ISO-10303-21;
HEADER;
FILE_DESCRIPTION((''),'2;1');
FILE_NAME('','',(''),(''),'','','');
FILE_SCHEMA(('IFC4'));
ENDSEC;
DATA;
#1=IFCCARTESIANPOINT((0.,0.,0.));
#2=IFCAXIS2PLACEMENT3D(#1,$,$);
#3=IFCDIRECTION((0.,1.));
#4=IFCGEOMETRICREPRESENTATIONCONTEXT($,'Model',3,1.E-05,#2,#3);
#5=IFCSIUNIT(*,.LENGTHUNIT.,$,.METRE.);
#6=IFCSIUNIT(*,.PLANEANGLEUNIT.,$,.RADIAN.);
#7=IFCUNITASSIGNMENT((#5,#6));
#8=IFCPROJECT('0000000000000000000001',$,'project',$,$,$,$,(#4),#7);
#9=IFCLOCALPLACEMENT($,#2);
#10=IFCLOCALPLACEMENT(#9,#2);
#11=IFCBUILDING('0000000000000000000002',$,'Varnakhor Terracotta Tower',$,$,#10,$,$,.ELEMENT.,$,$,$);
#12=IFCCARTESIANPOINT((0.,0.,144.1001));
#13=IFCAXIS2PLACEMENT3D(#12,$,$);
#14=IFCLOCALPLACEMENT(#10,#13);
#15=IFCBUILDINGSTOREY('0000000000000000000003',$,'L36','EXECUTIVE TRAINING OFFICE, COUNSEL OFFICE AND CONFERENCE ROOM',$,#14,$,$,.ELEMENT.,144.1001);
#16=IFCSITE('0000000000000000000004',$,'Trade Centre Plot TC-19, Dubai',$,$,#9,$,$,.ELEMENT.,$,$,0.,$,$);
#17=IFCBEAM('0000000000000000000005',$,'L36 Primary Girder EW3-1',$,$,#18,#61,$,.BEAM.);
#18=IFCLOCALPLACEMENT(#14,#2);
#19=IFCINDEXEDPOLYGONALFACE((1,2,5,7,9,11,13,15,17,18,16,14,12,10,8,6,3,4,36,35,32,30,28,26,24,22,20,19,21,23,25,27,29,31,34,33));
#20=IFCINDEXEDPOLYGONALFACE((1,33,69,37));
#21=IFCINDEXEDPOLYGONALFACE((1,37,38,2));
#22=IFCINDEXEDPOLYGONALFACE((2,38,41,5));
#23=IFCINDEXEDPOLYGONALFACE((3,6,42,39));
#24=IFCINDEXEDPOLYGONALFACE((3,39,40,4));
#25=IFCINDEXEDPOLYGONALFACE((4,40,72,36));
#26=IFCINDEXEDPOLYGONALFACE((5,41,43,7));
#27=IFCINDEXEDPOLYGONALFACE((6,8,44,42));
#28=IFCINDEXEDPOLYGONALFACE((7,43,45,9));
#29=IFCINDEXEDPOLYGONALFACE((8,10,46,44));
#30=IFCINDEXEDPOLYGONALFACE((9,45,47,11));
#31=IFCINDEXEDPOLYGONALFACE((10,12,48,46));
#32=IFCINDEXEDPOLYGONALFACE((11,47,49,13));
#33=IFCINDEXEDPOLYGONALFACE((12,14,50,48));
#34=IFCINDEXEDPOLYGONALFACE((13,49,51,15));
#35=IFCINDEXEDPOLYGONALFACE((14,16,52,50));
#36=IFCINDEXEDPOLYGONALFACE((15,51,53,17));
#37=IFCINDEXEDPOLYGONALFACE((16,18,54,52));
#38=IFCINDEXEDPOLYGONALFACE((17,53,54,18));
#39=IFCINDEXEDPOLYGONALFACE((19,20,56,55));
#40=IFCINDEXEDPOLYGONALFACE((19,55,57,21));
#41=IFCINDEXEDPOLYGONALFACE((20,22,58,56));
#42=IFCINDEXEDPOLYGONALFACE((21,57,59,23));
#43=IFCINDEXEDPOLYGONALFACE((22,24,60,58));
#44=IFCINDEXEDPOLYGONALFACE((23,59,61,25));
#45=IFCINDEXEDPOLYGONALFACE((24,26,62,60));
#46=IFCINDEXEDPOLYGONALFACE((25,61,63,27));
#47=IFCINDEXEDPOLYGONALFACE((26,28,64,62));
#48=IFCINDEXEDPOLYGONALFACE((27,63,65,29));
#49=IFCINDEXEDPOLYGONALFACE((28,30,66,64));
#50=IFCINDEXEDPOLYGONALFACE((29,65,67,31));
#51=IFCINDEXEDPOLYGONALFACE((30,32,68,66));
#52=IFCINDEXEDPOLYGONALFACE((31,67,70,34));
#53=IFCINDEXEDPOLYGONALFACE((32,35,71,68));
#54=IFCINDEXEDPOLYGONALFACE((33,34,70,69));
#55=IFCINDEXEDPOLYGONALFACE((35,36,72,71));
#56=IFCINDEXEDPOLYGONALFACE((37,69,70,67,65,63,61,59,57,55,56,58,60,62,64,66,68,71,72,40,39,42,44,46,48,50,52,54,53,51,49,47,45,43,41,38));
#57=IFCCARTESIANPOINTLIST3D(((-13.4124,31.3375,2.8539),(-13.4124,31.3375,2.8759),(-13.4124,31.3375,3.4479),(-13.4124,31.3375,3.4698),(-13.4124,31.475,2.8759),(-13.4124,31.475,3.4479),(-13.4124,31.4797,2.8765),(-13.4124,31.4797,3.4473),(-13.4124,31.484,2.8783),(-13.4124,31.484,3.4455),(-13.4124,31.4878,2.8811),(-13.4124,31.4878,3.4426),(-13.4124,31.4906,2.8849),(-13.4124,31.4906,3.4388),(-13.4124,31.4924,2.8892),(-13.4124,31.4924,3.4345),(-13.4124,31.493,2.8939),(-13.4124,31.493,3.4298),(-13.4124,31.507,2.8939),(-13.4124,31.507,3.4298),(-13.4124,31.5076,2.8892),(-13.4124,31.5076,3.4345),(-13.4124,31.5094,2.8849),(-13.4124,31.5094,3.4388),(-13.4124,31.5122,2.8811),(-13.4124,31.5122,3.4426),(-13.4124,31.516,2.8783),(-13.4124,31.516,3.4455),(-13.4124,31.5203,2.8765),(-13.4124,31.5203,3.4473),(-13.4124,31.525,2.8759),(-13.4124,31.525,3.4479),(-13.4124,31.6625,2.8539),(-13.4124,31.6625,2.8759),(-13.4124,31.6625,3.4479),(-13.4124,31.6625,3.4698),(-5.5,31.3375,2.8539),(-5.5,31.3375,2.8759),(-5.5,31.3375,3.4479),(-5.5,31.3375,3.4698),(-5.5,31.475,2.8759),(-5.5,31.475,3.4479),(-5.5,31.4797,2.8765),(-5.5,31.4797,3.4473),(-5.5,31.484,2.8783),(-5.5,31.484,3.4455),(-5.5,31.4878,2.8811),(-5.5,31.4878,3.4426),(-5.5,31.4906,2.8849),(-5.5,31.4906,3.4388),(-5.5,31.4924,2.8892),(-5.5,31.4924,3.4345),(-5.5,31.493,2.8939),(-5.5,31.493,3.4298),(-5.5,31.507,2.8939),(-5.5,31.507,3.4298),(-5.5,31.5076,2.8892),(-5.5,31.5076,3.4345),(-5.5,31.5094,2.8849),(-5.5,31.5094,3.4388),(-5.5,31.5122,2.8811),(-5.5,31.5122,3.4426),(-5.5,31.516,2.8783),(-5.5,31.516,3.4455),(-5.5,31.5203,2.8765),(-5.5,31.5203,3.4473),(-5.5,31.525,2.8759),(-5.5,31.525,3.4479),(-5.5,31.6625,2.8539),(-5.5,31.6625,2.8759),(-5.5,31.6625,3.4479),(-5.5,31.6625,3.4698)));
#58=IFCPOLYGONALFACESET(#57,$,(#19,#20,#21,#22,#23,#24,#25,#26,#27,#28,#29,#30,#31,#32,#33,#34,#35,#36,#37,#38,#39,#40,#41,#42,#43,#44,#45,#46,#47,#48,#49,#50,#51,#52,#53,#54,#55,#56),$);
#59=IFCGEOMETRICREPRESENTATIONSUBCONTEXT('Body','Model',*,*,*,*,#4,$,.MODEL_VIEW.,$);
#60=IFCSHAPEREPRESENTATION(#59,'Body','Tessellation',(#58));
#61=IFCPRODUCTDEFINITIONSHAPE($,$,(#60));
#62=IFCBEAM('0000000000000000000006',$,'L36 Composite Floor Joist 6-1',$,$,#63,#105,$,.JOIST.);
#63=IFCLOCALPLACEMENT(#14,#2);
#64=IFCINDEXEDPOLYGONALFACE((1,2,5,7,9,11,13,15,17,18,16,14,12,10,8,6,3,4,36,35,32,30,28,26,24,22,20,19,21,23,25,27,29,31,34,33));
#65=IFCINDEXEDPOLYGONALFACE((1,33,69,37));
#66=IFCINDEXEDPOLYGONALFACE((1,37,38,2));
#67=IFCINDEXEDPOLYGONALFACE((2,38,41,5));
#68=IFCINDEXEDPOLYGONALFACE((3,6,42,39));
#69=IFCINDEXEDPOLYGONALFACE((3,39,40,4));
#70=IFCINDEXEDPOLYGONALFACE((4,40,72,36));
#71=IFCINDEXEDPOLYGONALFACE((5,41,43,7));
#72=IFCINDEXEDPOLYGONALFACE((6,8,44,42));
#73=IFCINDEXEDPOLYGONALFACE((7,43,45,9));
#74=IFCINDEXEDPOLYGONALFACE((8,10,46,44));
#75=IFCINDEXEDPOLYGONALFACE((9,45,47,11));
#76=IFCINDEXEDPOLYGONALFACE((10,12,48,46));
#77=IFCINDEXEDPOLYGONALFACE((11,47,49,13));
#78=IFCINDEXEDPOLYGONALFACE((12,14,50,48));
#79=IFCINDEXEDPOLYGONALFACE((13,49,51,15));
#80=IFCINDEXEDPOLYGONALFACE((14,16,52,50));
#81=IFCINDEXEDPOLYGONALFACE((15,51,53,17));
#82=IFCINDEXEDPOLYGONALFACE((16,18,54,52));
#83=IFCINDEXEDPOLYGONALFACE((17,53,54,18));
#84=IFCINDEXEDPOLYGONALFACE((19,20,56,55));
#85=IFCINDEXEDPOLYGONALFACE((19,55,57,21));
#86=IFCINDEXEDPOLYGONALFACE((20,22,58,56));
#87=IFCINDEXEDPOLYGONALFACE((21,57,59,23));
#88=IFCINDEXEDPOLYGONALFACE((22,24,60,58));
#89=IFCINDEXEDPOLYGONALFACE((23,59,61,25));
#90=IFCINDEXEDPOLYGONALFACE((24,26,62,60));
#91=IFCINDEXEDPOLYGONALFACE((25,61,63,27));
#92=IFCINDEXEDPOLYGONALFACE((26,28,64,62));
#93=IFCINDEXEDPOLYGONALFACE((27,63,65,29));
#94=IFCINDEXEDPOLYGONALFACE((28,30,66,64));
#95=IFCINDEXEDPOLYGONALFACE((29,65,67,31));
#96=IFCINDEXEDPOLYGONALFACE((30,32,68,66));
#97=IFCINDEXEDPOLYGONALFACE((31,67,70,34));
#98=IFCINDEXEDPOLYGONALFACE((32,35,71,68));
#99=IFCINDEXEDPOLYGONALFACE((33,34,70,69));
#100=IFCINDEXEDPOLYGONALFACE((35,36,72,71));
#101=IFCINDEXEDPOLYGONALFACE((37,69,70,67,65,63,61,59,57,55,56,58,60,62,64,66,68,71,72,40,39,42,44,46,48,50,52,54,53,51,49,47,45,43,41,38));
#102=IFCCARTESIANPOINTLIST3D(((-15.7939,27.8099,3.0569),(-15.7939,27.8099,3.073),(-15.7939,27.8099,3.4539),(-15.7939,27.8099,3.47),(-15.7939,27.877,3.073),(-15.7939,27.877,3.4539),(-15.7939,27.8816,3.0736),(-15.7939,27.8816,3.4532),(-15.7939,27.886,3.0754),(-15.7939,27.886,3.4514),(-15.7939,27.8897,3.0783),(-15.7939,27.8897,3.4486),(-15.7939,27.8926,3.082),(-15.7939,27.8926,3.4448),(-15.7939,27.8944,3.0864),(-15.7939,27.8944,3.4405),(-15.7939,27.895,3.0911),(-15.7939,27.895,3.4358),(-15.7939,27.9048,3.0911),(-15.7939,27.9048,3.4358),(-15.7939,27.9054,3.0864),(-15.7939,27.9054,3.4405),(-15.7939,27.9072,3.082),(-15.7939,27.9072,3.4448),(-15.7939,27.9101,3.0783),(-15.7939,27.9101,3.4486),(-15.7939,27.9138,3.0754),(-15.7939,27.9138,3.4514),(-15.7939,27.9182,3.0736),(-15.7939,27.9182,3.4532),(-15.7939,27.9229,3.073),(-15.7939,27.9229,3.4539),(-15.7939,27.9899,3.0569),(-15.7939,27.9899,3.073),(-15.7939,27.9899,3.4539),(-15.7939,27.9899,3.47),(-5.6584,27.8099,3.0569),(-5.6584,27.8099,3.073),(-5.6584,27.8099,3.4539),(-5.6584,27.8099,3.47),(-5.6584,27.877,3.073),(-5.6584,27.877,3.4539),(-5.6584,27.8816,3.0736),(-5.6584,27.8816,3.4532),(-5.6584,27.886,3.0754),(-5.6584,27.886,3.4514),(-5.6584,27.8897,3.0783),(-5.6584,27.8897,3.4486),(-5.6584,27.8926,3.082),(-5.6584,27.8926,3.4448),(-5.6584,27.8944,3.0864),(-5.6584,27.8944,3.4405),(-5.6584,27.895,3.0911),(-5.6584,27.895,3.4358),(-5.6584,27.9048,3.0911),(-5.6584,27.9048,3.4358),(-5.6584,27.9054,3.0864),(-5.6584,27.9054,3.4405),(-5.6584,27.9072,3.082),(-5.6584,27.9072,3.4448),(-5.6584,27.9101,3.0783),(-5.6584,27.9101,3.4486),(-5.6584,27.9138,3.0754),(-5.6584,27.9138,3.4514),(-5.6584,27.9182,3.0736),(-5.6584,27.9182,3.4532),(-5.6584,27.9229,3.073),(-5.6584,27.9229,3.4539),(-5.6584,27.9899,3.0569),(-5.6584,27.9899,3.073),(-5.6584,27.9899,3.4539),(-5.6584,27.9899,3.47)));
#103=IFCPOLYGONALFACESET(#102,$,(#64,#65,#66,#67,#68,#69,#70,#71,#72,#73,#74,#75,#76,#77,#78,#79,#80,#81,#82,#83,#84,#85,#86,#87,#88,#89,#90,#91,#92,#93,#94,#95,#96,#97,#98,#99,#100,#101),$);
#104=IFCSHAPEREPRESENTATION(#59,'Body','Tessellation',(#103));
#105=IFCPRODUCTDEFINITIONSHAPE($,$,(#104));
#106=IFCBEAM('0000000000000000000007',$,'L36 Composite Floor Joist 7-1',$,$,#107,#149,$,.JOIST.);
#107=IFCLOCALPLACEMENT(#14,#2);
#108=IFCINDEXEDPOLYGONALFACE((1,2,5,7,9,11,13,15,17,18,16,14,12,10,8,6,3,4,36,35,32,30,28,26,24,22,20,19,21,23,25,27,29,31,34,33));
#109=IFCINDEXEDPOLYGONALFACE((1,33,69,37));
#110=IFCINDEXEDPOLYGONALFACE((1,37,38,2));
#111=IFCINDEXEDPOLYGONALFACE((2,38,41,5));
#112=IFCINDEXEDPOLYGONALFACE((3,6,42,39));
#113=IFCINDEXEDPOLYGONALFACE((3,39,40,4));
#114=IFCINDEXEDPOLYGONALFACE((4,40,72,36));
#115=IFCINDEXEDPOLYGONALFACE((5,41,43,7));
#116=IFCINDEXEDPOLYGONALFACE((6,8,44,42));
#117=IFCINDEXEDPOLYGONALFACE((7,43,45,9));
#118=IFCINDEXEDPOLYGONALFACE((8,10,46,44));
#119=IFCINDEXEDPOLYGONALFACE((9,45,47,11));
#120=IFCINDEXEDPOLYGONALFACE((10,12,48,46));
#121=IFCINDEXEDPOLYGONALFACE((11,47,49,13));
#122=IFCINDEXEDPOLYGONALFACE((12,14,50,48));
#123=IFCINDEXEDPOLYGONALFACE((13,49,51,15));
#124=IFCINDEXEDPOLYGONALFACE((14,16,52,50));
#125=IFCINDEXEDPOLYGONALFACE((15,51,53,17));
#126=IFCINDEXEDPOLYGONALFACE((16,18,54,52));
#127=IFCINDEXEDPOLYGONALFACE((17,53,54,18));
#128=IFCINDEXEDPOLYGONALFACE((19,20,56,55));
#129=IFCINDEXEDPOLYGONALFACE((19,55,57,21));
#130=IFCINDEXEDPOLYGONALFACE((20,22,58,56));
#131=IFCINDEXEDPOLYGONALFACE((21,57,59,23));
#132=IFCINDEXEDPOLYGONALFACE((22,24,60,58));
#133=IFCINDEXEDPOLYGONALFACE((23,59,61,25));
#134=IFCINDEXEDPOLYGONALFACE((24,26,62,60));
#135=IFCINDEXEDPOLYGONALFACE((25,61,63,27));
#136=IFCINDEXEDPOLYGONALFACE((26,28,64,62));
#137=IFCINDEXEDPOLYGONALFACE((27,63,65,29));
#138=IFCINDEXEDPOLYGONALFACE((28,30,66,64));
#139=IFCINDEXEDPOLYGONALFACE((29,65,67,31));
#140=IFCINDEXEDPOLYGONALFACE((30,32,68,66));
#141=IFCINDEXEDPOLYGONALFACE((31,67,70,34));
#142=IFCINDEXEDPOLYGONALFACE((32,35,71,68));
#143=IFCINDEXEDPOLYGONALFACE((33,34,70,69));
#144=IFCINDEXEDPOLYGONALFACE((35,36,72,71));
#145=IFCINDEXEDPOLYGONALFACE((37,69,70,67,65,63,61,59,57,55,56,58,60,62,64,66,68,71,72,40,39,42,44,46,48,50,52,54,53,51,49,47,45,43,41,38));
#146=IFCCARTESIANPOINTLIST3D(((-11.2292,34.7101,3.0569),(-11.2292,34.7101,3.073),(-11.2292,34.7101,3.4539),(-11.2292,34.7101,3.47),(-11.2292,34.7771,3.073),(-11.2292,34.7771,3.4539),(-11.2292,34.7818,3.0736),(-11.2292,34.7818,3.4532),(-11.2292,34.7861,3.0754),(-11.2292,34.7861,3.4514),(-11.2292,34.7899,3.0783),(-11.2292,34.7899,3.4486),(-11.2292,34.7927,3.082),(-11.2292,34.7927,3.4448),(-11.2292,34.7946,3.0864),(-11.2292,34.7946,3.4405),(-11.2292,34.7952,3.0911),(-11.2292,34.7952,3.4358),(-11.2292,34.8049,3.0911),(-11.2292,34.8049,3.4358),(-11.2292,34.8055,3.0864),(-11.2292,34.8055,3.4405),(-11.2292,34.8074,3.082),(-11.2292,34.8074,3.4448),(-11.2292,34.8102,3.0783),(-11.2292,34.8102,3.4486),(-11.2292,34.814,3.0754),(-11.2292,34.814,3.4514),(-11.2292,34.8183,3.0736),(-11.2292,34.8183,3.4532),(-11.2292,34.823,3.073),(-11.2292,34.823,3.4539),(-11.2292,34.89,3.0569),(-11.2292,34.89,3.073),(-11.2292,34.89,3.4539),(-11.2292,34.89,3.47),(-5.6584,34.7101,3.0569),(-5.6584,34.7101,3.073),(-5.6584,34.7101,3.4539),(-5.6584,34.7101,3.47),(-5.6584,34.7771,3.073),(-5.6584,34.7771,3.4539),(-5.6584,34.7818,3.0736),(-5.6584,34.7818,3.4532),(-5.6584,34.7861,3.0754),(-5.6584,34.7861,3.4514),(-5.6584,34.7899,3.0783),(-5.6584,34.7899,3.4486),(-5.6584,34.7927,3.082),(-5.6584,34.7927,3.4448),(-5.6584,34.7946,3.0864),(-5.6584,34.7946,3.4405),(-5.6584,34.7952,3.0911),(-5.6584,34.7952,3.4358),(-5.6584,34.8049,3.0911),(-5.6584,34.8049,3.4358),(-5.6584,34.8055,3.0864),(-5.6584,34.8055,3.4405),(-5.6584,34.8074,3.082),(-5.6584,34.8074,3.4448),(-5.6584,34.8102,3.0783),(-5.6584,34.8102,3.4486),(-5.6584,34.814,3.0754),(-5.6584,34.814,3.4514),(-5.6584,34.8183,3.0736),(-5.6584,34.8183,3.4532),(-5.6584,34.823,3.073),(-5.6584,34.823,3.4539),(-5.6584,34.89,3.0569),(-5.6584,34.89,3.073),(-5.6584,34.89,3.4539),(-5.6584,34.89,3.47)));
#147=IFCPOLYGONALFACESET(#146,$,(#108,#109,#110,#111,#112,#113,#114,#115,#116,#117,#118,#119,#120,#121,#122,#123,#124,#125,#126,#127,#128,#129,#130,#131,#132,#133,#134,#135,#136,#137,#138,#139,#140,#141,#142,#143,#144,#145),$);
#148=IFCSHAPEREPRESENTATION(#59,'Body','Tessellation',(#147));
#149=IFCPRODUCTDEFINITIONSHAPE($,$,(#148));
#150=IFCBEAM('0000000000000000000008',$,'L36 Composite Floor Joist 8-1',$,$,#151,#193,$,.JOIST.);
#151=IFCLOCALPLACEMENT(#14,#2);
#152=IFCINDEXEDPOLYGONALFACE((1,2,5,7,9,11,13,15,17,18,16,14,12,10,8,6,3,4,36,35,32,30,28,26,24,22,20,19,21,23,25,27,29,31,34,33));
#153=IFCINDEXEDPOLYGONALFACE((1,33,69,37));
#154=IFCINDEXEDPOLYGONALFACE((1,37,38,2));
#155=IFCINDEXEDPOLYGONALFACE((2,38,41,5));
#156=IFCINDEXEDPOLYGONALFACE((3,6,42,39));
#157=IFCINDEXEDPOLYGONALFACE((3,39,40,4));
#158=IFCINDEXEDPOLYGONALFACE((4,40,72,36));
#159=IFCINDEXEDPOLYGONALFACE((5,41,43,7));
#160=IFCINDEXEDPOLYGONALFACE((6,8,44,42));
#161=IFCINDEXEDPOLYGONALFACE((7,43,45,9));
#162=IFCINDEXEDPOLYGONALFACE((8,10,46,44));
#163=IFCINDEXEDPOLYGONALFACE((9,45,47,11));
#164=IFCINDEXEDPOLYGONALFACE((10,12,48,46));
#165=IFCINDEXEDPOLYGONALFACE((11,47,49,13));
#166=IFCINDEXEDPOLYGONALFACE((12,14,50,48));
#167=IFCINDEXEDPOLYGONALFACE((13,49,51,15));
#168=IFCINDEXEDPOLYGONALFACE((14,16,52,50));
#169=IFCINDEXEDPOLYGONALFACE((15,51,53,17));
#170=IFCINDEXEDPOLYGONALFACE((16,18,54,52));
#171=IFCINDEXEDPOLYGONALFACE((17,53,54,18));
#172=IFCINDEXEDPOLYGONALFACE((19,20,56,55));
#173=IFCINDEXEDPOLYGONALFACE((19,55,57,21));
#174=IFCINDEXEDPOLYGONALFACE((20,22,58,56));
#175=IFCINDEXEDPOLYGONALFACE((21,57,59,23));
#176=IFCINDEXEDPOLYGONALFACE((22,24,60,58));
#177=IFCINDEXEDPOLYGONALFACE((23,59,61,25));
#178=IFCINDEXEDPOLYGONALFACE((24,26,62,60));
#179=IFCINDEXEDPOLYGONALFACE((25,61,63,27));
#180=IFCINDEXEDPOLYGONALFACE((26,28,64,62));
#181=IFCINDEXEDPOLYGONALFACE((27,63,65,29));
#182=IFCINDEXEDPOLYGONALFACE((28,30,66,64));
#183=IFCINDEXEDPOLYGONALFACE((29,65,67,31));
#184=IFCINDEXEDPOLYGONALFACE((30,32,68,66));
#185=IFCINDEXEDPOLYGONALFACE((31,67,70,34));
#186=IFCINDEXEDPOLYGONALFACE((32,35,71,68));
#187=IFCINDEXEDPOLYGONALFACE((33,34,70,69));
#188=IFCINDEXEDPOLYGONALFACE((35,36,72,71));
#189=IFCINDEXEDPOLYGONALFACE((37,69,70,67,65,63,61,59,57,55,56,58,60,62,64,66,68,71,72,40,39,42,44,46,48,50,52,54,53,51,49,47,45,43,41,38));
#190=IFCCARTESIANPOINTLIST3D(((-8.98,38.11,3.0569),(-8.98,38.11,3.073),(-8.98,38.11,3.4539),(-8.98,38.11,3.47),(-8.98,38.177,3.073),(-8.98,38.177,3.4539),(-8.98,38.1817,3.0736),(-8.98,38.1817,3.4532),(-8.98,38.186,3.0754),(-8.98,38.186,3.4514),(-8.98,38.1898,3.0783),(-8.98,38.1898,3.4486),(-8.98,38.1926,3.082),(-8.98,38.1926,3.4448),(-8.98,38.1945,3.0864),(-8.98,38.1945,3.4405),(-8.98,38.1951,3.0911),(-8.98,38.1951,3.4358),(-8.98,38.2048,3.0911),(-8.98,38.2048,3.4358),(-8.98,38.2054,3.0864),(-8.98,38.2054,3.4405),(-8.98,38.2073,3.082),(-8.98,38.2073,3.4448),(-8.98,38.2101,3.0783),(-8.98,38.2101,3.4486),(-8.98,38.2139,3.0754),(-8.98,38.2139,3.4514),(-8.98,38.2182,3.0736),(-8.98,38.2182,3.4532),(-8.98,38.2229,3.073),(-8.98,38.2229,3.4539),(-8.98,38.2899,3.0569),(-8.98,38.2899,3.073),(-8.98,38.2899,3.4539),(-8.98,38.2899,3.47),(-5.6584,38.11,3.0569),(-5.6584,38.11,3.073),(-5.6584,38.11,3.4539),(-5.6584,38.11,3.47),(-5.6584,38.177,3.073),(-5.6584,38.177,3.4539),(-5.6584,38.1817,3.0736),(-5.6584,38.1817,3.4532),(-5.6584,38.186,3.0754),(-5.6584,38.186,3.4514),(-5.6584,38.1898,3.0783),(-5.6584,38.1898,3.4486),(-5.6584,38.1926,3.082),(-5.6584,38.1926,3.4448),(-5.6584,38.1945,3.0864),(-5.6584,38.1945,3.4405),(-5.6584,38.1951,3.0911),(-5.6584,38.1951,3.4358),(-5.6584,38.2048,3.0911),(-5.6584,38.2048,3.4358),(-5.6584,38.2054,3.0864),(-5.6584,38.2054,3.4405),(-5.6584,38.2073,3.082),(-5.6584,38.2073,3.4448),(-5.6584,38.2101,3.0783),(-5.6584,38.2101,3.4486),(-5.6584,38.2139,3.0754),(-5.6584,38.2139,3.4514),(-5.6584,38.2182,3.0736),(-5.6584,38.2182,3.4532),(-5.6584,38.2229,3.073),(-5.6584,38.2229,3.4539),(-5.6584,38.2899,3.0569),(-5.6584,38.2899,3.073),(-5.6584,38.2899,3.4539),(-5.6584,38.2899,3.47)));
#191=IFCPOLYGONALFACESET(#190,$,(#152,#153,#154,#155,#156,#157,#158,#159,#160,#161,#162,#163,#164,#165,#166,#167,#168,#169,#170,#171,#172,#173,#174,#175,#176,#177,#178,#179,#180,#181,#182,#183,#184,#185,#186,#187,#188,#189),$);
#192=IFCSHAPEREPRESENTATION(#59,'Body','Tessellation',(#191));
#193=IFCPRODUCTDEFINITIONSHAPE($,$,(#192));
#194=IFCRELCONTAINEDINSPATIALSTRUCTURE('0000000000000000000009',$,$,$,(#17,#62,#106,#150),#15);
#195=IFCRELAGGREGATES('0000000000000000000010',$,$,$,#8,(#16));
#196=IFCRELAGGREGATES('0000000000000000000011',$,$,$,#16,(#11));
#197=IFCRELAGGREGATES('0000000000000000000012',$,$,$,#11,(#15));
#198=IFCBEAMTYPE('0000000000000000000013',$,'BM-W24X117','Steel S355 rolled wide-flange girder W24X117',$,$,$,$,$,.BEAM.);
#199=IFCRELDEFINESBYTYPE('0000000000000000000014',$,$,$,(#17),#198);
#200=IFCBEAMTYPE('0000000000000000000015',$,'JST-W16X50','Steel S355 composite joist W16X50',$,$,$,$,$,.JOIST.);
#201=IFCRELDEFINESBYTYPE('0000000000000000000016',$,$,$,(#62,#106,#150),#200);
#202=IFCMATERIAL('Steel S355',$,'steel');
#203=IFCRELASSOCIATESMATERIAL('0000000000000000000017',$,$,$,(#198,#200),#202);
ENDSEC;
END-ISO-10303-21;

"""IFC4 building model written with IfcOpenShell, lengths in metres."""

from ifc_helpers import new_model, si_unit, direction, frame, origin, origin_2d, place, context, subcontext, project, spatial, i_section, extrude, source, transform, mapped, material, material_profile, profile_set, type_object, element, save


model = new_model("IFC4")

# Units and contexts
model_context = context("Model", 3, precision=1e-05, world=origin(), true_north=direction((0.0, 1.0)))
body_context = subcontext(model_context, "Body", "Model", "MODEL_VIEW")
ifc_project = project(units=[si_unit("LENGTHUNIT", "METRE"), si_unit("PLANEANGLEUNIT", "RADIAN")], contexts=[model_context])

# Site, building, storey
site_placement = place(None, origin())
site = spatial("IfcSite", under=ifc_project, at=site_placement, Name="Trade Centre Plot TC-19, Dubai", CompositionType="ELEMENT", RefElevation=0.0)
building_placement = place(site_placement, origin())
building = spatial("IfcBuilding", under=site, at=building_placement, Name="Varnakhor Terracotta Tower", CompositionType="ELEMENT")
storey_placement = place(building_placement, frame((0.0, 0.0, 144.1001)))
storey = spatial("IfcBuildingStorey", under=building, at=storey_placement, Name="L36", Description="EXECUTIVE TRAINING OFFICE, COUNSEL OFFICE AND CONFERENCE ROOM", CompositionType="ELEMENT", Elevation=144.1001)

# Beams
ifc_material_1 = material(Name="Steel S355", Category="steel")
ifc_material_profile_1 = material_profile(ifc_material_1, i_section(OverallWidth=0.325, OverallDepth=0.616, WebThickness=0.0139, FlangeThickness=0.022, FilletRadius=0.0181, at=origin_2d()), Name="W24X117")
ifc_profile_set_1 = profile_set([ifc_material_profile_1], Name="Steel S355")
beam_type_1 = type_object("IfcBeamType", Name="BM-W24X117", Description="Steel S355 rolled wide-flange girder W24X117", PredefinedType="BEAM", material=ifc_profile_set_1)
ifc_material_profile_2 = material_profile(ifc_material_1, i_section(OverallWidth=0.1799, OverallDepth=0.4131, WebThickness=0.0098, FlangeThickness=0.0161, FilletRadius=0.0181, at=origin_2d()), Name="W16X50")
ifc_profile_set_2 = profile_set([ifc_material_profile_2], Name="Steel S355")
beam_type_2 = type_object("IfcBeamType", Name="JST-W16X50", Description="Steel S355 composite joist W16X50", PredefinedType="JOIST", material=ifc_profile_set_2)
shared_shape_1 = source(origin(), body_context, "Body", "SweptSolid", [
    extrude(i_section(OverallWidth=0.325, OverallDepth=0.616, WebThickness=0.0139, FlangeThickness=0.022, FilletRadius=0.0181, at=origin_2d()), origin(), (0.0, 0.0, 1.0), 7.9124),
])
beam_1_placement = place(storey_placement, frame((-13.4124, 31.5, 3.1619), z_axis=(1.0, 0.0, 0.0), x_axis=(0.0, 1.0, 0.0)))
element("IfcBeam", 1, at=beam_1_placement, inside=storey, type_object=beam_type_1, Name="L36 Primary Girder EW3-1", PredefinedType="BEAM", context=body_context, shape_type="MappedRepresentation", body=[
    mapped(shared_shape_1, transform((0.0, 0.0, 0.0), scale=1.0)),
])
shared_shape_2 = source(origin(), body_context, "Body", "SweptSolid", [
    extrude(i_section(OverallWidth=0.1799, OverallDepth=0.4131, WebThickness=0.0098, FlangeThickness=0.0161, FilletRadius=0.0181, at=origin_2d()), origin(), (0.0, 0.0, 1.0), 10.1355),
])
beam_2_placement = place(storey_placement, frame((-15.7939, 27.8999, 3.2634), z_axis=(1.0, 0.0, 0.0), x_axis=(0.0, 1.0, 0.0)))
element("IfcBeam", 2, at=beam_2_placement, inside=storey, type_object=beam_type_2, Name="L36 Composite Floor Joist 6-1", PredefinedType="JOIST", context=body_context, shape_type="MappedRepresentation", body=[
    mapped(shared_shape_2, transform((0.0, 0.0, 0.0), scale=1.0)),
])
shared_shape_3 = source(origin(), body_context, "Body", "SweptSolid", [
    extrude(i_section(OverallWidth=0.1799, OverallDepth=0.4131, WebThickness=0.0098, FlangeThickness=0.0161, FilletRadius=0.0181, at=origin_2d()), origin(), (0.0, 0.0, 1.0), 5.5708),
])
beam_3_placement = place(storey_placement, frame((-11.2292, 34.8, 3.2634), z_axis=(1.0, 0.0, 0.0), x_axis=(0.0, 1.0, 0.0)))
element("IfcBeam", 3, at=beam_3_placement, inside=storey, type_object=beam_type_2, Name="L36 Composite Floor Joist 7-1", PredefinedType="JOIST", context=body_context, shape_type="MappedRepresentation", body=[
    mapped(shared_shape_3, transform((0.0, 0.0, 0.0), scale=1.0)),
])
shared_shape_4 = source(origin(), body_context, "Body", "SweptSolid", [
    extrude(i_section(OverallWidth=0.1799, OverallDepth=0.4131, WebThickness=0.0098, FlangeThickness=0.0161, FilletRadius=0.0181, at=origin_2d()), origin(), (0.0, 0.0, 1.0), 3.3215),
])
beam_4_placement = place(storey_placement, frame((-8.98, 38.2, 3.2634), z_axis=(1.0, 0.0, 0.0), x_axis=(0.0, 1.0, 0.0)))
element("IfcBeam", 4, at=beam_4_placement, inside=storey, type_object=beam_type_2, Name="L36 Composite Floor Joist 8-1", PredefinedType="JOIST", context=body_context, shape_type="MappedRepresentation", body=[
    mapped(shared_shape_4, transform((0.0, 0.0, 0.0), scale=1.0)),
])

save(model, "model.ifc")
